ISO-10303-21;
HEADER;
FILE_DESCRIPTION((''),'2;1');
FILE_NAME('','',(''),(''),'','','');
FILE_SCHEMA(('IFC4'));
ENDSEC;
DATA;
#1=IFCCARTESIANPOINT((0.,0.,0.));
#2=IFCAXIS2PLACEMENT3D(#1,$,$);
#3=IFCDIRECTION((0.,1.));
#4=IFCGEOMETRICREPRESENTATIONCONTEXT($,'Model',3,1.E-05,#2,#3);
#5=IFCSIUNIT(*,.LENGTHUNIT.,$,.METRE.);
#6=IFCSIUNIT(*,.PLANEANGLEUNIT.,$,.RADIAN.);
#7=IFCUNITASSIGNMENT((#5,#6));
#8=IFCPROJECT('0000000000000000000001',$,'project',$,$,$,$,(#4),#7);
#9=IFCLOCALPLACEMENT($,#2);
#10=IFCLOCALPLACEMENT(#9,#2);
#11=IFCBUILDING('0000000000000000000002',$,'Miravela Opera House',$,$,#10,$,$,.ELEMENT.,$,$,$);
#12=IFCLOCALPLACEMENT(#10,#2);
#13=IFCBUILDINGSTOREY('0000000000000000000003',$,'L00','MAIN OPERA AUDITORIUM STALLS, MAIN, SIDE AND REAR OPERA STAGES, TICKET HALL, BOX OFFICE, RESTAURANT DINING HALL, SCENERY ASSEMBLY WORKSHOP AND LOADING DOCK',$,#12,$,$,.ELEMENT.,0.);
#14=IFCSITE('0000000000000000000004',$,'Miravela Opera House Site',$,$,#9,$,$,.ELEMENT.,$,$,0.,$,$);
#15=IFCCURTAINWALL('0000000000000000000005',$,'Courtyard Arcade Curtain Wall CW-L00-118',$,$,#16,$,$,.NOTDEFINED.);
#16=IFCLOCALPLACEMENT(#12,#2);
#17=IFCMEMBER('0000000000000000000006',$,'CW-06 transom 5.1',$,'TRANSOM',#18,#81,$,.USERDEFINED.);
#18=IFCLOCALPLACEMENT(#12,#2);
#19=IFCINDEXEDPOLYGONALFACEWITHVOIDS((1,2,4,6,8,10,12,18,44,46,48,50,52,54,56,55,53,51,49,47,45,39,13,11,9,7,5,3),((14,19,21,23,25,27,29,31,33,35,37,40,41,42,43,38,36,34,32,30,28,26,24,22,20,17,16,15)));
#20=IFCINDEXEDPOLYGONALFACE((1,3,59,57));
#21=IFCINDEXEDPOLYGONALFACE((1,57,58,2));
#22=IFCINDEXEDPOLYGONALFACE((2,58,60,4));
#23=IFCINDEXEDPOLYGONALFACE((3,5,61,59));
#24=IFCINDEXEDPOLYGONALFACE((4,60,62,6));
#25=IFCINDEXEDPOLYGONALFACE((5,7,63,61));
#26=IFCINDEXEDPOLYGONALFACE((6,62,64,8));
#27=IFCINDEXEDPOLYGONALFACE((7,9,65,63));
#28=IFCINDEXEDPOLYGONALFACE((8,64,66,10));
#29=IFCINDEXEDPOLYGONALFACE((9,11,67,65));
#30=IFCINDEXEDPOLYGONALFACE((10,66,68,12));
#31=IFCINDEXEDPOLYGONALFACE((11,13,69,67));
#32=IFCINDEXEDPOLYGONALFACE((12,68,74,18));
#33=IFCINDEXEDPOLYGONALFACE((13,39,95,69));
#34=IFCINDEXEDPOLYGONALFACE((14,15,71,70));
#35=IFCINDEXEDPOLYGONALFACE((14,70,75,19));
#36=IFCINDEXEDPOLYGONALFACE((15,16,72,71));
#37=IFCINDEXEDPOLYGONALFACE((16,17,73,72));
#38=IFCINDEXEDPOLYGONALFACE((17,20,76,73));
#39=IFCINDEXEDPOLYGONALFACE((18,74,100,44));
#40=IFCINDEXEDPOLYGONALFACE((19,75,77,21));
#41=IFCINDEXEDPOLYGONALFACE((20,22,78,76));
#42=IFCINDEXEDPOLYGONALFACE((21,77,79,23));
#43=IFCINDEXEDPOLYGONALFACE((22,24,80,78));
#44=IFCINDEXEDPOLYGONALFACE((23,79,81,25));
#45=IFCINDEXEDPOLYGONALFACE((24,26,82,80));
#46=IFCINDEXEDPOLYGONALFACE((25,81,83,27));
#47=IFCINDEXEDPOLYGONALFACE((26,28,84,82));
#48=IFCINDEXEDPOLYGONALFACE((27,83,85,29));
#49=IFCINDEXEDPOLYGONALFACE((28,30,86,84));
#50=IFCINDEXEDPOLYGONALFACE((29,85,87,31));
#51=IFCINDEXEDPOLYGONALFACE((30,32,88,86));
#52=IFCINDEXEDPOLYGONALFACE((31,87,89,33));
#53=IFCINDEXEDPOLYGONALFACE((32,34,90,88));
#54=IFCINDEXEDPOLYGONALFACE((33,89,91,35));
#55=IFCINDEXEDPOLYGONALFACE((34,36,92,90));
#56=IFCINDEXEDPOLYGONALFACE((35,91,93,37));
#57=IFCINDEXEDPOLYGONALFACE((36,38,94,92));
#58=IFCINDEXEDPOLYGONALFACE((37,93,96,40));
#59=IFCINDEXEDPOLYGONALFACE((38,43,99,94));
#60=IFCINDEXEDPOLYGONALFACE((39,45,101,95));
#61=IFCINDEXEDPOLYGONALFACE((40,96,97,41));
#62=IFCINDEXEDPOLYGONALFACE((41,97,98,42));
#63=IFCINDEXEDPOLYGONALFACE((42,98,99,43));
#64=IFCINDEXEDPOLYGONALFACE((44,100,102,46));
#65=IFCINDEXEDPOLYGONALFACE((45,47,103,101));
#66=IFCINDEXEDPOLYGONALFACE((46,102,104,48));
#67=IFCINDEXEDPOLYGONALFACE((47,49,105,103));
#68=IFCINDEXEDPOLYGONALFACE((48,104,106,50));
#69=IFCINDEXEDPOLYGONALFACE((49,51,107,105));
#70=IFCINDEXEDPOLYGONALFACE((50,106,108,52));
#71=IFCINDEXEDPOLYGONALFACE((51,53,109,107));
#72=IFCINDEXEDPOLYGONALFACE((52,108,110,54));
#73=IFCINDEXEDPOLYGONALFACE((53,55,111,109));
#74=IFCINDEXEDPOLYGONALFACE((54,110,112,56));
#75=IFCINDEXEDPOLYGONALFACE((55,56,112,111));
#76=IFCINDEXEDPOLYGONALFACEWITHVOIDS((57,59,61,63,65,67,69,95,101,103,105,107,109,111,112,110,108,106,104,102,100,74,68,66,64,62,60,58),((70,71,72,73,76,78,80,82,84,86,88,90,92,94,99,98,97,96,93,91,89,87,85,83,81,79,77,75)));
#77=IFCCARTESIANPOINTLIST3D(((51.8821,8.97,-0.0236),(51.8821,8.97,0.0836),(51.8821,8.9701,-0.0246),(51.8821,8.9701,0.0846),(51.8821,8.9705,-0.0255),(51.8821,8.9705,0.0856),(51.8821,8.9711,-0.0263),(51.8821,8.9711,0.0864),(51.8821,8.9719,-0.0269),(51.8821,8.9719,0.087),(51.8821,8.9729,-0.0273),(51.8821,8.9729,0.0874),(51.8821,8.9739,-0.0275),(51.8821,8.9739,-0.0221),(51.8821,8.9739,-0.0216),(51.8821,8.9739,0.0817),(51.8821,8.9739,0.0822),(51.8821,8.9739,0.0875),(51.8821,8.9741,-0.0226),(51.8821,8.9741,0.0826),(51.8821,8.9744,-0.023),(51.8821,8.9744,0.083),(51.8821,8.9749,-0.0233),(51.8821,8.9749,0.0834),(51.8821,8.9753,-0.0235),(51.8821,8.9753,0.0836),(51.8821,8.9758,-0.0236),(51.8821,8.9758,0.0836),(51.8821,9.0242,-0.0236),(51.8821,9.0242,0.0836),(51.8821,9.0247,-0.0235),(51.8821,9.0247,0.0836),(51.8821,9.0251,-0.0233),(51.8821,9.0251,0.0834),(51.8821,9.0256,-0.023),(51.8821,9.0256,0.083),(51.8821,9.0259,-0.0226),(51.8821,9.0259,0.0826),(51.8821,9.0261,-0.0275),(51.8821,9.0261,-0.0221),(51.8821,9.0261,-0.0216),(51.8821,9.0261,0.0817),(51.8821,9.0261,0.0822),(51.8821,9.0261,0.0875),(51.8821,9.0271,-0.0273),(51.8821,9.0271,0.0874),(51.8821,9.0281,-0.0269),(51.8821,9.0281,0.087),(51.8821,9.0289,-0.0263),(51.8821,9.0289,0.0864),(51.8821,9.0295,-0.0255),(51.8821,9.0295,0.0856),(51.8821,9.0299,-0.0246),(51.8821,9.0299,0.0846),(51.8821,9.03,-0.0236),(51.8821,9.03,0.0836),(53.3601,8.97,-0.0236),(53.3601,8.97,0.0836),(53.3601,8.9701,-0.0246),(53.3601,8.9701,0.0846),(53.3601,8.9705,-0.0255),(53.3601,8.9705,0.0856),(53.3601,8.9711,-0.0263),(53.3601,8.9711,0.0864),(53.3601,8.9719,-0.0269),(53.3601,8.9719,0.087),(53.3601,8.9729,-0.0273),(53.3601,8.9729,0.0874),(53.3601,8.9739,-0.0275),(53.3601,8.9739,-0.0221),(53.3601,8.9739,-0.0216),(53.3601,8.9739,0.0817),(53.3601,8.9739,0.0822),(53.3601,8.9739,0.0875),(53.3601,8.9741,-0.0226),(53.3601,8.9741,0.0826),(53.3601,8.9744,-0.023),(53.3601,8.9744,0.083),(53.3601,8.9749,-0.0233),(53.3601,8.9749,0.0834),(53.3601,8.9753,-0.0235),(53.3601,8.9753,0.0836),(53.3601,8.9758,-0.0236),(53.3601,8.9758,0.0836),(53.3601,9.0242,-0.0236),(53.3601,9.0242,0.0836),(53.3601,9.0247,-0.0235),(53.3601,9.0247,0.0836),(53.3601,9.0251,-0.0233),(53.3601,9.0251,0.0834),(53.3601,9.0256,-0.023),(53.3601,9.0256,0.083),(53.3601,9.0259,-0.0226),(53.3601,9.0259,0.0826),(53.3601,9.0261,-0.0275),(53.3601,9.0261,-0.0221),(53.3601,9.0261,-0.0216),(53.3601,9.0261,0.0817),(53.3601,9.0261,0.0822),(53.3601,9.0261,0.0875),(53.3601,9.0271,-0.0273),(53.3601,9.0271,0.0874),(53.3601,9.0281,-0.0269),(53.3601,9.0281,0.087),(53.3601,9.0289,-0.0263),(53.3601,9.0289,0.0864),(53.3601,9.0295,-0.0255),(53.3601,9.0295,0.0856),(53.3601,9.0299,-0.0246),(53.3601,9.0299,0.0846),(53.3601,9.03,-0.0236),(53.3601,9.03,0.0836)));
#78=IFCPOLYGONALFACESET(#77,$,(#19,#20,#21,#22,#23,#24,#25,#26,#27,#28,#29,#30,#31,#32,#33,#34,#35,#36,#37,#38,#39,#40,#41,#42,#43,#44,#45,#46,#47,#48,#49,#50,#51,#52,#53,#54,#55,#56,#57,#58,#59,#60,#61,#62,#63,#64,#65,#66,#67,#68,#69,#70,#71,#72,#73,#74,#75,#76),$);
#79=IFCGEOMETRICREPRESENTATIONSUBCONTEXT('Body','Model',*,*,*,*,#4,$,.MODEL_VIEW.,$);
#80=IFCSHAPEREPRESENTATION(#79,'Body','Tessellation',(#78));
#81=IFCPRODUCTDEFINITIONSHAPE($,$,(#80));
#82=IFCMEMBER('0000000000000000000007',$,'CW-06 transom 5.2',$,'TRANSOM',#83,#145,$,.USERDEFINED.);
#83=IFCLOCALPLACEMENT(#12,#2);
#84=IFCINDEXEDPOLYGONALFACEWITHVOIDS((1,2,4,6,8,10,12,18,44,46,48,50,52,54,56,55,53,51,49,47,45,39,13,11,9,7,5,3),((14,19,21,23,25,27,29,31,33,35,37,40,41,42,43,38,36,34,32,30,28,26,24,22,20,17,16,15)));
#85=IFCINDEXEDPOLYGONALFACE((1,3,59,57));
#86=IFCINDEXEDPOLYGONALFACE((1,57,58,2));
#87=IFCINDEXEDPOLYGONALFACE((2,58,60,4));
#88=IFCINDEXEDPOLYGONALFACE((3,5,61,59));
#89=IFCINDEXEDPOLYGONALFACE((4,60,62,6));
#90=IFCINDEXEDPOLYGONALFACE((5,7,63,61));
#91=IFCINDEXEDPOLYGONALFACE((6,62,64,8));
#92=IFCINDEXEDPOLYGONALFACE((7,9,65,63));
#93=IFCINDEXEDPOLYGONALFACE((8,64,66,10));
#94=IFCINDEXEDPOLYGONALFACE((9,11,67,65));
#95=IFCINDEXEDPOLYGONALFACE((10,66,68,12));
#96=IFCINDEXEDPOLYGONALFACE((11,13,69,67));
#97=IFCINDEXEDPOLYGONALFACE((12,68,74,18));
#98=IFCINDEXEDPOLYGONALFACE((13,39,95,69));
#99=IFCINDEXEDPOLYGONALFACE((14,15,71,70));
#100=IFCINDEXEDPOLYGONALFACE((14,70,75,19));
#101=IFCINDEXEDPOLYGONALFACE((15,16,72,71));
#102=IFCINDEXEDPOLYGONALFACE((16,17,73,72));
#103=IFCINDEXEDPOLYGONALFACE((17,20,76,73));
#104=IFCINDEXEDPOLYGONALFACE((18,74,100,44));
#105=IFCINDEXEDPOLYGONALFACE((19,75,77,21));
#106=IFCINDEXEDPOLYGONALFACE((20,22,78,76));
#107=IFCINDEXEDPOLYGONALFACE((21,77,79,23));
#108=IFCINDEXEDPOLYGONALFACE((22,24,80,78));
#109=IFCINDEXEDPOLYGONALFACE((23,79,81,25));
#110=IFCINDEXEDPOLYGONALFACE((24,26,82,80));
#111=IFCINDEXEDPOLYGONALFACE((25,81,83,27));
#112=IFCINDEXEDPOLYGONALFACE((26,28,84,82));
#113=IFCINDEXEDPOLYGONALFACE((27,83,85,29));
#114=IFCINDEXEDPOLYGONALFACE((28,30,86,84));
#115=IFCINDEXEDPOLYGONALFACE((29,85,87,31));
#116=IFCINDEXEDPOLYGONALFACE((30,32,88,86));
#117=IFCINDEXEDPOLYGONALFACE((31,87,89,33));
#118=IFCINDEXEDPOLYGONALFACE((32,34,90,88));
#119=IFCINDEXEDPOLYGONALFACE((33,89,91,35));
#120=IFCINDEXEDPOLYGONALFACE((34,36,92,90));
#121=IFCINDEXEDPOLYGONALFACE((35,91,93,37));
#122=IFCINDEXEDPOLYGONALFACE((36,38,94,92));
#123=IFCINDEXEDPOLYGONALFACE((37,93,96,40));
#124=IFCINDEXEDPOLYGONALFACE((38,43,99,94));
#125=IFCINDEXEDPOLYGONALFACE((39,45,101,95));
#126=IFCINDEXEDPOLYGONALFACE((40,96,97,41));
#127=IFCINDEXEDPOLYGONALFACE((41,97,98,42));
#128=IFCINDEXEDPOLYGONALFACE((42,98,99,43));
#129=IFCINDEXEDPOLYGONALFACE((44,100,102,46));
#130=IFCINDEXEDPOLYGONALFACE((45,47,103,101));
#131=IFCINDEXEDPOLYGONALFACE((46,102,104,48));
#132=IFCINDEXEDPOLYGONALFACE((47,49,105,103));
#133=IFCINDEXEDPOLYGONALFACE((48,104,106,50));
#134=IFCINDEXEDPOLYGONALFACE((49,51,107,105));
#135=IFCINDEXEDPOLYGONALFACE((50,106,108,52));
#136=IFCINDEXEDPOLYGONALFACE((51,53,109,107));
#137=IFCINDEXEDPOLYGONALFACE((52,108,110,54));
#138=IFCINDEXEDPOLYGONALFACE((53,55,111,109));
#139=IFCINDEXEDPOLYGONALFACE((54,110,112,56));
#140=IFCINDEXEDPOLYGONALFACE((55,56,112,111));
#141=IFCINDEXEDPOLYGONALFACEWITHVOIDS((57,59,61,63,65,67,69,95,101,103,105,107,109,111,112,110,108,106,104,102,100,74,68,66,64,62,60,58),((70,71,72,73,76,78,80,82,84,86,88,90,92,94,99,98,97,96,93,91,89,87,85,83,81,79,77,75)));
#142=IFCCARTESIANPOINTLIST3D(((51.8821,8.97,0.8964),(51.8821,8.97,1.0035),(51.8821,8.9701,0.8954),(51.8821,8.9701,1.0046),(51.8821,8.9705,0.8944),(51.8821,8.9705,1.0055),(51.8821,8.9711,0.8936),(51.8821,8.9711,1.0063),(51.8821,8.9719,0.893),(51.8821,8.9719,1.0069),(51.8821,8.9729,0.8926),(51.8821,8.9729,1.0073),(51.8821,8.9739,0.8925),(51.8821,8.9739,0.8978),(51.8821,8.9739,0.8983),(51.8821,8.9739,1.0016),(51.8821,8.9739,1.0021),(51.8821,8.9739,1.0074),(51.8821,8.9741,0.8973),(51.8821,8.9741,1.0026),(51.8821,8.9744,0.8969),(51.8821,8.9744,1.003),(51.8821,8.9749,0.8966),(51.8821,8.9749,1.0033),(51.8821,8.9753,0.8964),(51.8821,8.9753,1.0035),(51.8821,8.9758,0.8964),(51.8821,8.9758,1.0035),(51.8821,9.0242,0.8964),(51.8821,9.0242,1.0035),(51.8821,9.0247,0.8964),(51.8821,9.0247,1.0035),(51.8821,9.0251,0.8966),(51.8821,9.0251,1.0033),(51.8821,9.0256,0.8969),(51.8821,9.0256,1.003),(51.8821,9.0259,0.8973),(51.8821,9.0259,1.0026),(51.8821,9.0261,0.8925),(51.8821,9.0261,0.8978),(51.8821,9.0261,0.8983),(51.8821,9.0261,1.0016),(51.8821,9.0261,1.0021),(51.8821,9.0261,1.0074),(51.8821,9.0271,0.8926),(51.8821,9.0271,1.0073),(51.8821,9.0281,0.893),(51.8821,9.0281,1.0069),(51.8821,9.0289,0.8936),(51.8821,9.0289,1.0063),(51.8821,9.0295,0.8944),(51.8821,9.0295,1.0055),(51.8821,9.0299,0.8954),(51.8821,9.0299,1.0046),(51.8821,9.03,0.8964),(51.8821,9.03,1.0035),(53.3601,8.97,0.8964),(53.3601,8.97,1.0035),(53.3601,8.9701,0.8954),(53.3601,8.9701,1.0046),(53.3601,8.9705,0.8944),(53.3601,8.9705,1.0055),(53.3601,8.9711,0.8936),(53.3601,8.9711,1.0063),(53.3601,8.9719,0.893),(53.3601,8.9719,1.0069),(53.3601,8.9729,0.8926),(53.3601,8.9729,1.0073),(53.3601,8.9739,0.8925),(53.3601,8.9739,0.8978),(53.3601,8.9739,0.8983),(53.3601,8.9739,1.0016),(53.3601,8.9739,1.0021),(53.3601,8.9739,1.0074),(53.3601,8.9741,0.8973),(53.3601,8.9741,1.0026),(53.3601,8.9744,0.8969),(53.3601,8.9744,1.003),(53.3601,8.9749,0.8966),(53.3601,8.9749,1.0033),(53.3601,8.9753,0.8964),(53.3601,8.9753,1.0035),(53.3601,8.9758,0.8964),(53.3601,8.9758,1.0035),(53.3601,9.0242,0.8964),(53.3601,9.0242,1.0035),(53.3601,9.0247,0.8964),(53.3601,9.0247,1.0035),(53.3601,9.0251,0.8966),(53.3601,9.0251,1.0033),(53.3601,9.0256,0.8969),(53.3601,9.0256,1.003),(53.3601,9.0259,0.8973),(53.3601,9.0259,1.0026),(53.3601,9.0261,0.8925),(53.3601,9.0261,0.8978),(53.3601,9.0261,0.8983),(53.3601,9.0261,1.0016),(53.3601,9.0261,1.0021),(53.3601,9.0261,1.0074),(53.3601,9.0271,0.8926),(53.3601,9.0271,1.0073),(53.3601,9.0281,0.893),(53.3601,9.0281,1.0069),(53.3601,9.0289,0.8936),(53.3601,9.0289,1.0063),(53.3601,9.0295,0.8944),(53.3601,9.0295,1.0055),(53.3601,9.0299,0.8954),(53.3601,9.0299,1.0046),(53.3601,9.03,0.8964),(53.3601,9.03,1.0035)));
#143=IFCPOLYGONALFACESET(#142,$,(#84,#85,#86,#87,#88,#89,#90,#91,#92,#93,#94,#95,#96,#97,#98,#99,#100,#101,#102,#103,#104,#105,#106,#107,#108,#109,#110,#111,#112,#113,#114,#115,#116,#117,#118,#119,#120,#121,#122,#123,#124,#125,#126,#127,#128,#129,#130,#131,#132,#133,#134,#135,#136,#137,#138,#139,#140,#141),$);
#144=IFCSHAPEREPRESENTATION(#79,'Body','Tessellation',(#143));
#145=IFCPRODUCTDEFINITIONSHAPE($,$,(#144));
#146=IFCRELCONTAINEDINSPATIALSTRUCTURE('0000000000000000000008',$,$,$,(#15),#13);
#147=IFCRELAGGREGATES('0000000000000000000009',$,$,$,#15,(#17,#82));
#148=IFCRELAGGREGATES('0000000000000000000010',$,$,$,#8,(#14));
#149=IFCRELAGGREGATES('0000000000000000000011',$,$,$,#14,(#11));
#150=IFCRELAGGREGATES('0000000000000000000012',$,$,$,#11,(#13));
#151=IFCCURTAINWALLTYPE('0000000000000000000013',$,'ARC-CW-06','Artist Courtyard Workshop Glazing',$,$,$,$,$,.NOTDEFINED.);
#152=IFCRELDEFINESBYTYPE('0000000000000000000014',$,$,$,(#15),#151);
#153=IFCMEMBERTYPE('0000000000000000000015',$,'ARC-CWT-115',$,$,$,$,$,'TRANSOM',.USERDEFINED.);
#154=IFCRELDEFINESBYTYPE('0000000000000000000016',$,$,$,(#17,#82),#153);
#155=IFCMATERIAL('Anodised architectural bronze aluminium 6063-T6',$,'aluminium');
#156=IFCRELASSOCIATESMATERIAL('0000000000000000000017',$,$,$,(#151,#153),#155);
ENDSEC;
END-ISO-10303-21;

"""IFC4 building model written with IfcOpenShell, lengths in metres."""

from ifc_helpers import new_model, si_unit, direction, frame, origin, origin_2d, place, context, subcontext, project, spatial, hollow_rectangle, extrude, material, material_profile, profile_set, type_object, element, aggregate, save


model = new_model("IFC4")

# Units and contexts
model_context = context("Model", 3, precision=1e-05, world=origin(), true_north=direction((0.0, 1.0)))
body_context = subcontext(model_context, "Body", "Model", "MODEL_VIEW")
ifc_project = project(units=[si_unit("LENGTHUNIT", "METRE"), si_unit("PLANEANGLEUNIT", "RADIAN")], contexts=[model_context])

# Site, building, storey
site_placement = place(None, origin())
site = spatial("IfcSite", under=ifc_project, at=site_placement, Name="Miravela Opera House Site", CompositionType="ELEMENT", RefElevation=0.0)
building_placement = place(site_placement, origin())
building = spatial("IfcBuilding", under=site, at=building_placement, Name="Miravela Opera House", CompositionType="ELEMENT")
storey_placement = place(building_placement, origin())
storey = spatial("IfcBuildingStorey", under=building, at=storey_placement, Name="L00", Description="MAIN OPERA AUDITORIUM STALLS, MAIN, SIDE AND REAR OPERA STAGES, TICKET HALL, BOX OFFICE, RESTAURANT DINING HALL, SCENERY ASSEMBLY WORKSHOP AND LOADING DOCK", CompositionType="ELEMENT", Elevation=0.0)

# Curtain wall, members
ifc_material_1 = material(Name="Anodised architectural bronze aluminium 6063-T6", Category="aluminium")
curtain_wall_type = type_object("IfcCurtainWallType", Name="ARC-CW-06", Description="Artist Courtyard Workshop Glazing", PredefinedType="NOTDEFINED", material=ifc_material_1)
curtain_wall_placement = place(storey_placement, origin())
curtain_wall = element("IfcCurtainWall", 1, at=curtain_wall_placement, inside=storey, type_object=curtain_wall_type, Name="Courtyard Arcade Curtain Wall CW-L00-118", PredefinedType="NOTDEFINED")
ifc_material_profile_1 = material_profile(ifc_material_1, hollow_rectangle(XDim=0.0601, YDim=0.115, WallThickness=0.0039, InnerFilletRadius=0.002, OuterFilletRadius=0.0039, at=origin_2d()), Name="CWT-60X115")
ifc_profile_set_1 = profile_set([ifc_material_profile_1])
member_type_1 = type_object("IfcMemberType", Name="ARC-CWT-115", ElementType="TRANSOM", PredefinedType="USERDEFINED", material=ifc_profile_set_1)
member_1_placement = place(storey_placement, frame((51.8821, 9.0, 0.03), z_axis=(1.0, 0.0, 0.0), x_axis=(0.0, 1.0, 0.0)))
member_1 = element("IfcMember", 2, at=member_1_placement, type_object=member_type_1, Name="CW-06 transom 5.1", ObjectType="TRANSOM", PredefinedType="USERDEFINED", context=body_context, shape_type="SweptSolid", body=[
    extrude(hollow_rectangle(XDim=0.0601, YDim=0.115, WallThickness=0.0039, InnerFilletRadius=0.002, OuterFilletRadius=0.0039, at=origin_2d()), origin(), (0.0, 0.0, 1.0), 1.478),
])
member_2_placement = place(storey_placement, frame((51.8821, 9.0, 0.95), z_axis=(1.0, 0.0, 0.0), x_axis=(0.0, 1.0, 0.0)))
member_2 = element("IfcMember", 3, at=member_2_placement, type_object=member_type_1, Name="CW-06 transom 5.2", ObjectType="TRANSOM", PredefinedType="USERDEFINED", context=body_context, shape_type="SweptSolid", body=[
    extrude(hollow_rectangle(XDim=0.0601, YDim=0.115, WallThickness=0.0039, InnerFilletRadius=0.002, OuterFilletRadius=0.0039, at=origin_2d()), origin(), (0.0, 0.0, 1.0), 1.478),
])

aggregate(curtain_wall, [member_1, member_2])

save(model, "model.ifc")
